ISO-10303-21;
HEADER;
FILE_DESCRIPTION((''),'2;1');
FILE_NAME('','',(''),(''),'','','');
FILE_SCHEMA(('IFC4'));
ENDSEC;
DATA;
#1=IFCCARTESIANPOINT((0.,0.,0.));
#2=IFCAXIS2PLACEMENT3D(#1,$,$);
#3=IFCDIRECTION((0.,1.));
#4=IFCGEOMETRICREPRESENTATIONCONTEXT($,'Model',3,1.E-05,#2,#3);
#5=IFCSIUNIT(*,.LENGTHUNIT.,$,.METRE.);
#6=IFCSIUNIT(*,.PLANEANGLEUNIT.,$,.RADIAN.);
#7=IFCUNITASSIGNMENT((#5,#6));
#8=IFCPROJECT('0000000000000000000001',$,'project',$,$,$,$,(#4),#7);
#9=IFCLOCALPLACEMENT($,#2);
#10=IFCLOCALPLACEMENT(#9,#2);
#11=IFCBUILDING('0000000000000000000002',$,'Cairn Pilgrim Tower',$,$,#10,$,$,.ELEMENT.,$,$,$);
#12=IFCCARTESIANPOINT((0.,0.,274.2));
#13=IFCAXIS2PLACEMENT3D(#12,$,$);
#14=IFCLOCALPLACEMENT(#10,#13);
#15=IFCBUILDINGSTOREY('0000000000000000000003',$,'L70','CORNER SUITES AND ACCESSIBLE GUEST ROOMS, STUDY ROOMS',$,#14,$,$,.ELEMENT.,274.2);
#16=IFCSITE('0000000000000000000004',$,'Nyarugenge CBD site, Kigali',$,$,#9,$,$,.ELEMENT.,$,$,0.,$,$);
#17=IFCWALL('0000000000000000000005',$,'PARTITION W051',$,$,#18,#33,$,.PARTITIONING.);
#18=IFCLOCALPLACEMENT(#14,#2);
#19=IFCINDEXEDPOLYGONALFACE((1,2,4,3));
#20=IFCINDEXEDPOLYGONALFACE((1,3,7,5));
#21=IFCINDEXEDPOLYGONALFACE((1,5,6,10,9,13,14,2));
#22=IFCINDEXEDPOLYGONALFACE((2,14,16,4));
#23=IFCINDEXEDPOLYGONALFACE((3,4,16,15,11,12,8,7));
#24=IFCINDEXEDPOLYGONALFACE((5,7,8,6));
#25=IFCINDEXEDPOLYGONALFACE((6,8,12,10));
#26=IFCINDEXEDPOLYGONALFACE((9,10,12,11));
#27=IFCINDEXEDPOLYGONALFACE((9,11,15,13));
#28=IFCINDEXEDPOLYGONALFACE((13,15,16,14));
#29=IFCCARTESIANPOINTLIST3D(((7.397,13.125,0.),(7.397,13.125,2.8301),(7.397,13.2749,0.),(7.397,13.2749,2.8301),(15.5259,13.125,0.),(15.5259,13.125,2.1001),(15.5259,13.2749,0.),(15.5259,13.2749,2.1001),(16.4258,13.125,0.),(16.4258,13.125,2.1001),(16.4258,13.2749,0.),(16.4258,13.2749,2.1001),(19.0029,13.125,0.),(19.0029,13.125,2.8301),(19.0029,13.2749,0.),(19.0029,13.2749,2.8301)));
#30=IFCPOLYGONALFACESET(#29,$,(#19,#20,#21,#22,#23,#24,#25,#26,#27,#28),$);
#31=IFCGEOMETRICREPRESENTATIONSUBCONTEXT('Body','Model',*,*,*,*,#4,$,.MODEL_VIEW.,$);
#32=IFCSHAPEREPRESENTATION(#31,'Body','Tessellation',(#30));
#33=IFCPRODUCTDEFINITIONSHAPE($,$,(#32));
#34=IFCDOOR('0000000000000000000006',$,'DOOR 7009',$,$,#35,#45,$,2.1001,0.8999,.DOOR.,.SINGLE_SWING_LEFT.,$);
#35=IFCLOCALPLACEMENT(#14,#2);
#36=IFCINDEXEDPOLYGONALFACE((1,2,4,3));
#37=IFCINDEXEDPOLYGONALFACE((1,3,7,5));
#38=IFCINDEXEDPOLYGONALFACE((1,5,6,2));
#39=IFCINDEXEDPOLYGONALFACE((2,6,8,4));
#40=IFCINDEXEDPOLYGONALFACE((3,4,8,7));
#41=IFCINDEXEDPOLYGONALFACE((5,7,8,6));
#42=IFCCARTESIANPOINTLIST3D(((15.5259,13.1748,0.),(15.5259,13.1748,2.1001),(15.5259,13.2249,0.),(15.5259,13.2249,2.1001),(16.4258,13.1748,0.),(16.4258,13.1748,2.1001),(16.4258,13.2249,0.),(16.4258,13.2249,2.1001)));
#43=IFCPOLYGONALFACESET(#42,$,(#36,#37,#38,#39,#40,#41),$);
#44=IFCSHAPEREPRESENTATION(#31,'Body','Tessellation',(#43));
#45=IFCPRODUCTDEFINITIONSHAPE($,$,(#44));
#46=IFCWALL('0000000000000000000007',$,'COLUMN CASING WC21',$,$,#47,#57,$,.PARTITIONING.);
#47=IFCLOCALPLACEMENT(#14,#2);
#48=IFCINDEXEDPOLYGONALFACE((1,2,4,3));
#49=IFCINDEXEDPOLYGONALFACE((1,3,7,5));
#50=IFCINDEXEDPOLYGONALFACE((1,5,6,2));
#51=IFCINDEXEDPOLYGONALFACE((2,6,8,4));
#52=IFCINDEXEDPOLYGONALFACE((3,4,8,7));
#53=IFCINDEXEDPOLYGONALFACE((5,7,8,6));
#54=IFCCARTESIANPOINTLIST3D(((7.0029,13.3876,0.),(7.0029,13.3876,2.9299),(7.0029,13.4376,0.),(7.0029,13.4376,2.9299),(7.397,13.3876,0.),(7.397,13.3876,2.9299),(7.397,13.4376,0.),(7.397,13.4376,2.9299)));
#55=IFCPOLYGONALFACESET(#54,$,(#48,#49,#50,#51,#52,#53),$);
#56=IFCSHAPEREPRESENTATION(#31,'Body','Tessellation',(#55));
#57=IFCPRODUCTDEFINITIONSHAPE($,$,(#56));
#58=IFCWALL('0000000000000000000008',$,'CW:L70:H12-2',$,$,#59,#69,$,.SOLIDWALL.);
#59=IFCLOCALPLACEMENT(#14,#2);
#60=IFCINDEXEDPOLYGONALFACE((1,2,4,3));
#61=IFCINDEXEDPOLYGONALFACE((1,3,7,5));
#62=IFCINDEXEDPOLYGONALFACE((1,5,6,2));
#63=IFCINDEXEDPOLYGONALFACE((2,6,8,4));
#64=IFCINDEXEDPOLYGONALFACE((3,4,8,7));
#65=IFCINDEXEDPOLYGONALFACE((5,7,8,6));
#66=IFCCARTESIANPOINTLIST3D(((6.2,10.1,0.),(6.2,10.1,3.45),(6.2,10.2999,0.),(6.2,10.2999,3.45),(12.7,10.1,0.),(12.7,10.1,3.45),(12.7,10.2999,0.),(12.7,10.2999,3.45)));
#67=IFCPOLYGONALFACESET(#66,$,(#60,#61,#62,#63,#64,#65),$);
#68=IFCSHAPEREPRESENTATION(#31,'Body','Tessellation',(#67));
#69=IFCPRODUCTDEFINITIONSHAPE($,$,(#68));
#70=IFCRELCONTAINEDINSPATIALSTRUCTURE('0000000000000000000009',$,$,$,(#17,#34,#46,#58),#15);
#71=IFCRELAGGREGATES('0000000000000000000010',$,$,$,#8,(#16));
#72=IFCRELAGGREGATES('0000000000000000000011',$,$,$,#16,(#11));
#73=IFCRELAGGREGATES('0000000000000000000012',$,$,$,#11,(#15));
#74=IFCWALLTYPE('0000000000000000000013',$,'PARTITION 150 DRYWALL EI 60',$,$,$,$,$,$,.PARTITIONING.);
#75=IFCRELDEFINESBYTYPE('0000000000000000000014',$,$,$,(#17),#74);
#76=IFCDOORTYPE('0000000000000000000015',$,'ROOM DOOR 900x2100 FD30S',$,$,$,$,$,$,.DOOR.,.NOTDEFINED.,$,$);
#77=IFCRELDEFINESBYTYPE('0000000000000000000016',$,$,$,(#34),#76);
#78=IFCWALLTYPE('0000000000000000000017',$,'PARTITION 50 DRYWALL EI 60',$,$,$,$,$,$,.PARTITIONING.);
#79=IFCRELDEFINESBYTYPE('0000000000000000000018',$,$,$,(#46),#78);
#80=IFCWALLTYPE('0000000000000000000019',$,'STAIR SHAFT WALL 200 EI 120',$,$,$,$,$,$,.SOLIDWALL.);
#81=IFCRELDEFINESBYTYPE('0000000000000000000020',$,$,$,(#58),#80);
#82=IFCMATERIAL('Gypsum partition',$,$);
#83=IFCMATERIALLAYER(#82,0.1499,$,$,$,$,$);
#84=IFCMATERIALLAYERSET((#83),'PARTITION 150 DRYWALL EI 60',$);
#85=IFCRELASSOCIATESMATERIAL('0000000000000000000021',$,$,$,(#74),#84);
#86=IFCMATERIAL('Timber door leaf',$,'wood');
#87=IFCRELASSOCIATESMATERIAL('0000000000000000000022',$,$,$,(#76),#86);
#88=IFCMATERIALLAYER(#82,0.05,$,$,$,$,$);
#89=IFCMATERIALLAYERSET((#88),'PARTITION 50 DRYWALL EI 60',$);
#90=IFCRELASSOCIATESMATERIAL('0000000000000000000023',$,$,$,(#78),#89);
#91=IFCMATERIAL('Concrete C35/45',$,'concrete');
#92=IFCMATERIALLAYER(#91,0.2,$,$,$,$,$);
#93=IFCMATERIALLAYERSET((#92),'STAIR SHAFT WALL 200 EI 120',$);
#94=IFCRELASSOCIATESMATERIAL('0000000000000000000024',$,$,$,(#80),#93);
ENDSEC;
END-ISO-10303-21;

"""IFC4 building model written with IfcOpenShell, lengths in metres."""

from ifc_helpers import new_model, si_unit, direction, frame, frame_2d, origin, place, context, subcontext, project, spatial, rectangle, extrude, material, layer, layer_set, type_object, element, fill, save


model = new_model("IFC4")

# Units and contexts
model_context = context("Model", 3, precision=1e-05, world=origin(), true_north=direction((0.0, 1.0)))
body_context = subcontext(model_context, "Body", "Model", "MODEL_VIEW")
ifc_project = project(units=[si_unit("LENGTHUNIT", "METRE"), si_unit("PLANEANGLEUNIT", "RADIAN")], contexts=[model_context])

# Site, building, storey
site_placement = place(None, origin())
site = spatial("IfcSite", under=ifc_project, at=site_placement, Name="Nyarugenge CBD site, Kigali", CompositionType="ELEMENT", RefElevation=0.0)
building_placement = place(site_placement, origin())
building = spatial("IfcBuilding", under=site, at=building_placement, Name="Cairn Pilgrim Tower", CompositionType="ELEMENT")
storey_placement = place(building_placement, frame((0.0, 0.0, 274.2)))
storey = spatial("IfcBuildingStorey", under=building, at=storey_placement, Name="L70", Description="CORNER SUITES AND ACCESSIBLE GUEST ROOMS, STUDY ROOMS", CompositionType="ELEMENT", Elevation=274.2)

# Wall, opening, door
ifc_material_1 = material(Name="Gypsum partition")
ifc_material_2 = material(Name="Timber door leaf", Category="wood")
ifc_layer_1 = layer(ifc_material_1, 0.1499)
ifc_layer_set_1 = layer_set([ifc_layer_1], Name="PARTITION 150 DRYWALL EI 60")
wall_type_1 = type_object("IfcWallType", Name="PARTITION 150 DRYWALL EI 60", PredefinedType="PARTITIONING", material=ifc_layer_set_1)
wall_1_placement = place(storey_placement, frame((7.397, 13.2, 0.0), z_axis=(0.0, 0.0, 1.0), x_axis=(1.0, 0.0, 0.0)))
wall_1 = element("IfcWall", 1, at=wall_1_placement, inside=storey, type_object=wall_type_1, Name="PARTITION W051", PredefinedType="PARTITIONING", context=body_context, shape_type="SweptSolid", body=[
    extrude(rectangle(XDim=11.606, YDim=0.1499, at=frame_2d((5.803, 0.0))), origin(), (0.0, 0.0, 1.0), 2.8301),
])
opening_1_placement = place(wall_1_placement, frame((8.1289, 0.0, 0.0)))
opening_1 = element("IfcOpeningElement", 2, at=opening_1_placement, cuts=wall_1, PredefinedType="OPENING", context=body_context, shape_type="SweptSolid", body=[
    extrude(rectangle(XDim=0.8999, YDim=2.1001, at=frame_2d((0.45, 1.05))), frame((0.0, 0.085, 0.0), z_axis=(0.0, -1.0, 0.0), x_axis=(1.0, 0.0, 0.0)), (0.0, 0.0, 1.0), 0.1699),
])
door_type_1 = type_object("IfcDoorType", Name="ROOM DOOR 900x2100 FD30S", OperationType="NOTDEFINED", PredefinedType="DOOR", material=ifc_material_2)
door_1_placement = place(opening_1_placement, origin())
door_1 = element("IfcDoor", 3, at=door_1_placement, inside=storey, type_object=door_type_1, Name="DOOR 7009", OperationType="SINGLE_SWING_LEFT", OverallHeight=2.1001, OverallWidth=0.8999, PredefinedType="DOOR", context=body_context, shape_type="SweptSolid", body=[
    extrude(rectangle(XDim=0.8999, YDim=2.1001, at=frame_2d((0.45, 1.05))), frame((0.0, 0.0249, 0.0), z_axis=(0.0, -1.0, 0.0), x_axis=(1.0, 0.0, 0.0)), (0.0, 0.0, 1.0), 0.05),
])
fill(opening_1, door_1)

# Walls
ifc_layer_2 = layer(ifc_material_1, 0.05)
ifc_layer_set_2 = layer_set([ifc_layer_2], Name="PARTITION 50 DRYWALL EI 60")
wall_type_2 = type_object("IfcWallType", Name="PARTITION 50 DRYWALL EI 60", PredefinedType="PARTITIONING", material=ifc_layer_set_2)
wall_2_placement = place(storey_placement, frame((7.0029, 13.4126, 0.0), z_axis=(0.0, 0.0, 1.0), x_axis=(1.0, 0.0, 0.0)))
element("IfcWall", 4, at=wall_2_placement, inside=storey, type_object=wall_type_2, Name="COLUMN CASING WC21", PredefinedType="PARTITIONING", context=body_context, shape_type="SweptSolid", body=[
    extrude(rectangle(XDim=0.394, YDim=0.05, at=frame_2d((0.197, 0.0))), origin(), (0.0, 0.0, 1.0), 2.9299),
])
ifc_material_3 = material(Name="Concrete C35/45", Category="concrete")
ifc_layer_3 = layer(ifc_material_3, 0.2)
ifc_layer_set_3 = layer_set([ifc_layer_3], Name="STAIR SHAFT WALL 200 EI 120")
wall_type_3 = type_object("IfcWallType", Name="STAIR SHAFT WALL 200 EI 120", PredefinedType="SOLIDWALL", material=ifc_layer_set_3)
wall_3_placement = place(storey_placement, frame((6.2, 10.2, 0.0), z_axis=(0.0, 0.0, 1.0), x_axis=(1.0, 0.0, 0.0)))
element("IfcWall", 5, at=wall_3_placement, inside=storey, type_object=wall_type_3, Name="CW:L70:H12-2", PredefinedType="SOLIDWALL", context=body_context, shape_type="SweptSolid", body=[
    extrude(rectangle(XDim=6.5, YDim=0.2, at=frame_2d((3.25, 0.0))), origin(), (0.0, 0.0, 1.0), 3.45),
])

save(model, "model.ifc")
